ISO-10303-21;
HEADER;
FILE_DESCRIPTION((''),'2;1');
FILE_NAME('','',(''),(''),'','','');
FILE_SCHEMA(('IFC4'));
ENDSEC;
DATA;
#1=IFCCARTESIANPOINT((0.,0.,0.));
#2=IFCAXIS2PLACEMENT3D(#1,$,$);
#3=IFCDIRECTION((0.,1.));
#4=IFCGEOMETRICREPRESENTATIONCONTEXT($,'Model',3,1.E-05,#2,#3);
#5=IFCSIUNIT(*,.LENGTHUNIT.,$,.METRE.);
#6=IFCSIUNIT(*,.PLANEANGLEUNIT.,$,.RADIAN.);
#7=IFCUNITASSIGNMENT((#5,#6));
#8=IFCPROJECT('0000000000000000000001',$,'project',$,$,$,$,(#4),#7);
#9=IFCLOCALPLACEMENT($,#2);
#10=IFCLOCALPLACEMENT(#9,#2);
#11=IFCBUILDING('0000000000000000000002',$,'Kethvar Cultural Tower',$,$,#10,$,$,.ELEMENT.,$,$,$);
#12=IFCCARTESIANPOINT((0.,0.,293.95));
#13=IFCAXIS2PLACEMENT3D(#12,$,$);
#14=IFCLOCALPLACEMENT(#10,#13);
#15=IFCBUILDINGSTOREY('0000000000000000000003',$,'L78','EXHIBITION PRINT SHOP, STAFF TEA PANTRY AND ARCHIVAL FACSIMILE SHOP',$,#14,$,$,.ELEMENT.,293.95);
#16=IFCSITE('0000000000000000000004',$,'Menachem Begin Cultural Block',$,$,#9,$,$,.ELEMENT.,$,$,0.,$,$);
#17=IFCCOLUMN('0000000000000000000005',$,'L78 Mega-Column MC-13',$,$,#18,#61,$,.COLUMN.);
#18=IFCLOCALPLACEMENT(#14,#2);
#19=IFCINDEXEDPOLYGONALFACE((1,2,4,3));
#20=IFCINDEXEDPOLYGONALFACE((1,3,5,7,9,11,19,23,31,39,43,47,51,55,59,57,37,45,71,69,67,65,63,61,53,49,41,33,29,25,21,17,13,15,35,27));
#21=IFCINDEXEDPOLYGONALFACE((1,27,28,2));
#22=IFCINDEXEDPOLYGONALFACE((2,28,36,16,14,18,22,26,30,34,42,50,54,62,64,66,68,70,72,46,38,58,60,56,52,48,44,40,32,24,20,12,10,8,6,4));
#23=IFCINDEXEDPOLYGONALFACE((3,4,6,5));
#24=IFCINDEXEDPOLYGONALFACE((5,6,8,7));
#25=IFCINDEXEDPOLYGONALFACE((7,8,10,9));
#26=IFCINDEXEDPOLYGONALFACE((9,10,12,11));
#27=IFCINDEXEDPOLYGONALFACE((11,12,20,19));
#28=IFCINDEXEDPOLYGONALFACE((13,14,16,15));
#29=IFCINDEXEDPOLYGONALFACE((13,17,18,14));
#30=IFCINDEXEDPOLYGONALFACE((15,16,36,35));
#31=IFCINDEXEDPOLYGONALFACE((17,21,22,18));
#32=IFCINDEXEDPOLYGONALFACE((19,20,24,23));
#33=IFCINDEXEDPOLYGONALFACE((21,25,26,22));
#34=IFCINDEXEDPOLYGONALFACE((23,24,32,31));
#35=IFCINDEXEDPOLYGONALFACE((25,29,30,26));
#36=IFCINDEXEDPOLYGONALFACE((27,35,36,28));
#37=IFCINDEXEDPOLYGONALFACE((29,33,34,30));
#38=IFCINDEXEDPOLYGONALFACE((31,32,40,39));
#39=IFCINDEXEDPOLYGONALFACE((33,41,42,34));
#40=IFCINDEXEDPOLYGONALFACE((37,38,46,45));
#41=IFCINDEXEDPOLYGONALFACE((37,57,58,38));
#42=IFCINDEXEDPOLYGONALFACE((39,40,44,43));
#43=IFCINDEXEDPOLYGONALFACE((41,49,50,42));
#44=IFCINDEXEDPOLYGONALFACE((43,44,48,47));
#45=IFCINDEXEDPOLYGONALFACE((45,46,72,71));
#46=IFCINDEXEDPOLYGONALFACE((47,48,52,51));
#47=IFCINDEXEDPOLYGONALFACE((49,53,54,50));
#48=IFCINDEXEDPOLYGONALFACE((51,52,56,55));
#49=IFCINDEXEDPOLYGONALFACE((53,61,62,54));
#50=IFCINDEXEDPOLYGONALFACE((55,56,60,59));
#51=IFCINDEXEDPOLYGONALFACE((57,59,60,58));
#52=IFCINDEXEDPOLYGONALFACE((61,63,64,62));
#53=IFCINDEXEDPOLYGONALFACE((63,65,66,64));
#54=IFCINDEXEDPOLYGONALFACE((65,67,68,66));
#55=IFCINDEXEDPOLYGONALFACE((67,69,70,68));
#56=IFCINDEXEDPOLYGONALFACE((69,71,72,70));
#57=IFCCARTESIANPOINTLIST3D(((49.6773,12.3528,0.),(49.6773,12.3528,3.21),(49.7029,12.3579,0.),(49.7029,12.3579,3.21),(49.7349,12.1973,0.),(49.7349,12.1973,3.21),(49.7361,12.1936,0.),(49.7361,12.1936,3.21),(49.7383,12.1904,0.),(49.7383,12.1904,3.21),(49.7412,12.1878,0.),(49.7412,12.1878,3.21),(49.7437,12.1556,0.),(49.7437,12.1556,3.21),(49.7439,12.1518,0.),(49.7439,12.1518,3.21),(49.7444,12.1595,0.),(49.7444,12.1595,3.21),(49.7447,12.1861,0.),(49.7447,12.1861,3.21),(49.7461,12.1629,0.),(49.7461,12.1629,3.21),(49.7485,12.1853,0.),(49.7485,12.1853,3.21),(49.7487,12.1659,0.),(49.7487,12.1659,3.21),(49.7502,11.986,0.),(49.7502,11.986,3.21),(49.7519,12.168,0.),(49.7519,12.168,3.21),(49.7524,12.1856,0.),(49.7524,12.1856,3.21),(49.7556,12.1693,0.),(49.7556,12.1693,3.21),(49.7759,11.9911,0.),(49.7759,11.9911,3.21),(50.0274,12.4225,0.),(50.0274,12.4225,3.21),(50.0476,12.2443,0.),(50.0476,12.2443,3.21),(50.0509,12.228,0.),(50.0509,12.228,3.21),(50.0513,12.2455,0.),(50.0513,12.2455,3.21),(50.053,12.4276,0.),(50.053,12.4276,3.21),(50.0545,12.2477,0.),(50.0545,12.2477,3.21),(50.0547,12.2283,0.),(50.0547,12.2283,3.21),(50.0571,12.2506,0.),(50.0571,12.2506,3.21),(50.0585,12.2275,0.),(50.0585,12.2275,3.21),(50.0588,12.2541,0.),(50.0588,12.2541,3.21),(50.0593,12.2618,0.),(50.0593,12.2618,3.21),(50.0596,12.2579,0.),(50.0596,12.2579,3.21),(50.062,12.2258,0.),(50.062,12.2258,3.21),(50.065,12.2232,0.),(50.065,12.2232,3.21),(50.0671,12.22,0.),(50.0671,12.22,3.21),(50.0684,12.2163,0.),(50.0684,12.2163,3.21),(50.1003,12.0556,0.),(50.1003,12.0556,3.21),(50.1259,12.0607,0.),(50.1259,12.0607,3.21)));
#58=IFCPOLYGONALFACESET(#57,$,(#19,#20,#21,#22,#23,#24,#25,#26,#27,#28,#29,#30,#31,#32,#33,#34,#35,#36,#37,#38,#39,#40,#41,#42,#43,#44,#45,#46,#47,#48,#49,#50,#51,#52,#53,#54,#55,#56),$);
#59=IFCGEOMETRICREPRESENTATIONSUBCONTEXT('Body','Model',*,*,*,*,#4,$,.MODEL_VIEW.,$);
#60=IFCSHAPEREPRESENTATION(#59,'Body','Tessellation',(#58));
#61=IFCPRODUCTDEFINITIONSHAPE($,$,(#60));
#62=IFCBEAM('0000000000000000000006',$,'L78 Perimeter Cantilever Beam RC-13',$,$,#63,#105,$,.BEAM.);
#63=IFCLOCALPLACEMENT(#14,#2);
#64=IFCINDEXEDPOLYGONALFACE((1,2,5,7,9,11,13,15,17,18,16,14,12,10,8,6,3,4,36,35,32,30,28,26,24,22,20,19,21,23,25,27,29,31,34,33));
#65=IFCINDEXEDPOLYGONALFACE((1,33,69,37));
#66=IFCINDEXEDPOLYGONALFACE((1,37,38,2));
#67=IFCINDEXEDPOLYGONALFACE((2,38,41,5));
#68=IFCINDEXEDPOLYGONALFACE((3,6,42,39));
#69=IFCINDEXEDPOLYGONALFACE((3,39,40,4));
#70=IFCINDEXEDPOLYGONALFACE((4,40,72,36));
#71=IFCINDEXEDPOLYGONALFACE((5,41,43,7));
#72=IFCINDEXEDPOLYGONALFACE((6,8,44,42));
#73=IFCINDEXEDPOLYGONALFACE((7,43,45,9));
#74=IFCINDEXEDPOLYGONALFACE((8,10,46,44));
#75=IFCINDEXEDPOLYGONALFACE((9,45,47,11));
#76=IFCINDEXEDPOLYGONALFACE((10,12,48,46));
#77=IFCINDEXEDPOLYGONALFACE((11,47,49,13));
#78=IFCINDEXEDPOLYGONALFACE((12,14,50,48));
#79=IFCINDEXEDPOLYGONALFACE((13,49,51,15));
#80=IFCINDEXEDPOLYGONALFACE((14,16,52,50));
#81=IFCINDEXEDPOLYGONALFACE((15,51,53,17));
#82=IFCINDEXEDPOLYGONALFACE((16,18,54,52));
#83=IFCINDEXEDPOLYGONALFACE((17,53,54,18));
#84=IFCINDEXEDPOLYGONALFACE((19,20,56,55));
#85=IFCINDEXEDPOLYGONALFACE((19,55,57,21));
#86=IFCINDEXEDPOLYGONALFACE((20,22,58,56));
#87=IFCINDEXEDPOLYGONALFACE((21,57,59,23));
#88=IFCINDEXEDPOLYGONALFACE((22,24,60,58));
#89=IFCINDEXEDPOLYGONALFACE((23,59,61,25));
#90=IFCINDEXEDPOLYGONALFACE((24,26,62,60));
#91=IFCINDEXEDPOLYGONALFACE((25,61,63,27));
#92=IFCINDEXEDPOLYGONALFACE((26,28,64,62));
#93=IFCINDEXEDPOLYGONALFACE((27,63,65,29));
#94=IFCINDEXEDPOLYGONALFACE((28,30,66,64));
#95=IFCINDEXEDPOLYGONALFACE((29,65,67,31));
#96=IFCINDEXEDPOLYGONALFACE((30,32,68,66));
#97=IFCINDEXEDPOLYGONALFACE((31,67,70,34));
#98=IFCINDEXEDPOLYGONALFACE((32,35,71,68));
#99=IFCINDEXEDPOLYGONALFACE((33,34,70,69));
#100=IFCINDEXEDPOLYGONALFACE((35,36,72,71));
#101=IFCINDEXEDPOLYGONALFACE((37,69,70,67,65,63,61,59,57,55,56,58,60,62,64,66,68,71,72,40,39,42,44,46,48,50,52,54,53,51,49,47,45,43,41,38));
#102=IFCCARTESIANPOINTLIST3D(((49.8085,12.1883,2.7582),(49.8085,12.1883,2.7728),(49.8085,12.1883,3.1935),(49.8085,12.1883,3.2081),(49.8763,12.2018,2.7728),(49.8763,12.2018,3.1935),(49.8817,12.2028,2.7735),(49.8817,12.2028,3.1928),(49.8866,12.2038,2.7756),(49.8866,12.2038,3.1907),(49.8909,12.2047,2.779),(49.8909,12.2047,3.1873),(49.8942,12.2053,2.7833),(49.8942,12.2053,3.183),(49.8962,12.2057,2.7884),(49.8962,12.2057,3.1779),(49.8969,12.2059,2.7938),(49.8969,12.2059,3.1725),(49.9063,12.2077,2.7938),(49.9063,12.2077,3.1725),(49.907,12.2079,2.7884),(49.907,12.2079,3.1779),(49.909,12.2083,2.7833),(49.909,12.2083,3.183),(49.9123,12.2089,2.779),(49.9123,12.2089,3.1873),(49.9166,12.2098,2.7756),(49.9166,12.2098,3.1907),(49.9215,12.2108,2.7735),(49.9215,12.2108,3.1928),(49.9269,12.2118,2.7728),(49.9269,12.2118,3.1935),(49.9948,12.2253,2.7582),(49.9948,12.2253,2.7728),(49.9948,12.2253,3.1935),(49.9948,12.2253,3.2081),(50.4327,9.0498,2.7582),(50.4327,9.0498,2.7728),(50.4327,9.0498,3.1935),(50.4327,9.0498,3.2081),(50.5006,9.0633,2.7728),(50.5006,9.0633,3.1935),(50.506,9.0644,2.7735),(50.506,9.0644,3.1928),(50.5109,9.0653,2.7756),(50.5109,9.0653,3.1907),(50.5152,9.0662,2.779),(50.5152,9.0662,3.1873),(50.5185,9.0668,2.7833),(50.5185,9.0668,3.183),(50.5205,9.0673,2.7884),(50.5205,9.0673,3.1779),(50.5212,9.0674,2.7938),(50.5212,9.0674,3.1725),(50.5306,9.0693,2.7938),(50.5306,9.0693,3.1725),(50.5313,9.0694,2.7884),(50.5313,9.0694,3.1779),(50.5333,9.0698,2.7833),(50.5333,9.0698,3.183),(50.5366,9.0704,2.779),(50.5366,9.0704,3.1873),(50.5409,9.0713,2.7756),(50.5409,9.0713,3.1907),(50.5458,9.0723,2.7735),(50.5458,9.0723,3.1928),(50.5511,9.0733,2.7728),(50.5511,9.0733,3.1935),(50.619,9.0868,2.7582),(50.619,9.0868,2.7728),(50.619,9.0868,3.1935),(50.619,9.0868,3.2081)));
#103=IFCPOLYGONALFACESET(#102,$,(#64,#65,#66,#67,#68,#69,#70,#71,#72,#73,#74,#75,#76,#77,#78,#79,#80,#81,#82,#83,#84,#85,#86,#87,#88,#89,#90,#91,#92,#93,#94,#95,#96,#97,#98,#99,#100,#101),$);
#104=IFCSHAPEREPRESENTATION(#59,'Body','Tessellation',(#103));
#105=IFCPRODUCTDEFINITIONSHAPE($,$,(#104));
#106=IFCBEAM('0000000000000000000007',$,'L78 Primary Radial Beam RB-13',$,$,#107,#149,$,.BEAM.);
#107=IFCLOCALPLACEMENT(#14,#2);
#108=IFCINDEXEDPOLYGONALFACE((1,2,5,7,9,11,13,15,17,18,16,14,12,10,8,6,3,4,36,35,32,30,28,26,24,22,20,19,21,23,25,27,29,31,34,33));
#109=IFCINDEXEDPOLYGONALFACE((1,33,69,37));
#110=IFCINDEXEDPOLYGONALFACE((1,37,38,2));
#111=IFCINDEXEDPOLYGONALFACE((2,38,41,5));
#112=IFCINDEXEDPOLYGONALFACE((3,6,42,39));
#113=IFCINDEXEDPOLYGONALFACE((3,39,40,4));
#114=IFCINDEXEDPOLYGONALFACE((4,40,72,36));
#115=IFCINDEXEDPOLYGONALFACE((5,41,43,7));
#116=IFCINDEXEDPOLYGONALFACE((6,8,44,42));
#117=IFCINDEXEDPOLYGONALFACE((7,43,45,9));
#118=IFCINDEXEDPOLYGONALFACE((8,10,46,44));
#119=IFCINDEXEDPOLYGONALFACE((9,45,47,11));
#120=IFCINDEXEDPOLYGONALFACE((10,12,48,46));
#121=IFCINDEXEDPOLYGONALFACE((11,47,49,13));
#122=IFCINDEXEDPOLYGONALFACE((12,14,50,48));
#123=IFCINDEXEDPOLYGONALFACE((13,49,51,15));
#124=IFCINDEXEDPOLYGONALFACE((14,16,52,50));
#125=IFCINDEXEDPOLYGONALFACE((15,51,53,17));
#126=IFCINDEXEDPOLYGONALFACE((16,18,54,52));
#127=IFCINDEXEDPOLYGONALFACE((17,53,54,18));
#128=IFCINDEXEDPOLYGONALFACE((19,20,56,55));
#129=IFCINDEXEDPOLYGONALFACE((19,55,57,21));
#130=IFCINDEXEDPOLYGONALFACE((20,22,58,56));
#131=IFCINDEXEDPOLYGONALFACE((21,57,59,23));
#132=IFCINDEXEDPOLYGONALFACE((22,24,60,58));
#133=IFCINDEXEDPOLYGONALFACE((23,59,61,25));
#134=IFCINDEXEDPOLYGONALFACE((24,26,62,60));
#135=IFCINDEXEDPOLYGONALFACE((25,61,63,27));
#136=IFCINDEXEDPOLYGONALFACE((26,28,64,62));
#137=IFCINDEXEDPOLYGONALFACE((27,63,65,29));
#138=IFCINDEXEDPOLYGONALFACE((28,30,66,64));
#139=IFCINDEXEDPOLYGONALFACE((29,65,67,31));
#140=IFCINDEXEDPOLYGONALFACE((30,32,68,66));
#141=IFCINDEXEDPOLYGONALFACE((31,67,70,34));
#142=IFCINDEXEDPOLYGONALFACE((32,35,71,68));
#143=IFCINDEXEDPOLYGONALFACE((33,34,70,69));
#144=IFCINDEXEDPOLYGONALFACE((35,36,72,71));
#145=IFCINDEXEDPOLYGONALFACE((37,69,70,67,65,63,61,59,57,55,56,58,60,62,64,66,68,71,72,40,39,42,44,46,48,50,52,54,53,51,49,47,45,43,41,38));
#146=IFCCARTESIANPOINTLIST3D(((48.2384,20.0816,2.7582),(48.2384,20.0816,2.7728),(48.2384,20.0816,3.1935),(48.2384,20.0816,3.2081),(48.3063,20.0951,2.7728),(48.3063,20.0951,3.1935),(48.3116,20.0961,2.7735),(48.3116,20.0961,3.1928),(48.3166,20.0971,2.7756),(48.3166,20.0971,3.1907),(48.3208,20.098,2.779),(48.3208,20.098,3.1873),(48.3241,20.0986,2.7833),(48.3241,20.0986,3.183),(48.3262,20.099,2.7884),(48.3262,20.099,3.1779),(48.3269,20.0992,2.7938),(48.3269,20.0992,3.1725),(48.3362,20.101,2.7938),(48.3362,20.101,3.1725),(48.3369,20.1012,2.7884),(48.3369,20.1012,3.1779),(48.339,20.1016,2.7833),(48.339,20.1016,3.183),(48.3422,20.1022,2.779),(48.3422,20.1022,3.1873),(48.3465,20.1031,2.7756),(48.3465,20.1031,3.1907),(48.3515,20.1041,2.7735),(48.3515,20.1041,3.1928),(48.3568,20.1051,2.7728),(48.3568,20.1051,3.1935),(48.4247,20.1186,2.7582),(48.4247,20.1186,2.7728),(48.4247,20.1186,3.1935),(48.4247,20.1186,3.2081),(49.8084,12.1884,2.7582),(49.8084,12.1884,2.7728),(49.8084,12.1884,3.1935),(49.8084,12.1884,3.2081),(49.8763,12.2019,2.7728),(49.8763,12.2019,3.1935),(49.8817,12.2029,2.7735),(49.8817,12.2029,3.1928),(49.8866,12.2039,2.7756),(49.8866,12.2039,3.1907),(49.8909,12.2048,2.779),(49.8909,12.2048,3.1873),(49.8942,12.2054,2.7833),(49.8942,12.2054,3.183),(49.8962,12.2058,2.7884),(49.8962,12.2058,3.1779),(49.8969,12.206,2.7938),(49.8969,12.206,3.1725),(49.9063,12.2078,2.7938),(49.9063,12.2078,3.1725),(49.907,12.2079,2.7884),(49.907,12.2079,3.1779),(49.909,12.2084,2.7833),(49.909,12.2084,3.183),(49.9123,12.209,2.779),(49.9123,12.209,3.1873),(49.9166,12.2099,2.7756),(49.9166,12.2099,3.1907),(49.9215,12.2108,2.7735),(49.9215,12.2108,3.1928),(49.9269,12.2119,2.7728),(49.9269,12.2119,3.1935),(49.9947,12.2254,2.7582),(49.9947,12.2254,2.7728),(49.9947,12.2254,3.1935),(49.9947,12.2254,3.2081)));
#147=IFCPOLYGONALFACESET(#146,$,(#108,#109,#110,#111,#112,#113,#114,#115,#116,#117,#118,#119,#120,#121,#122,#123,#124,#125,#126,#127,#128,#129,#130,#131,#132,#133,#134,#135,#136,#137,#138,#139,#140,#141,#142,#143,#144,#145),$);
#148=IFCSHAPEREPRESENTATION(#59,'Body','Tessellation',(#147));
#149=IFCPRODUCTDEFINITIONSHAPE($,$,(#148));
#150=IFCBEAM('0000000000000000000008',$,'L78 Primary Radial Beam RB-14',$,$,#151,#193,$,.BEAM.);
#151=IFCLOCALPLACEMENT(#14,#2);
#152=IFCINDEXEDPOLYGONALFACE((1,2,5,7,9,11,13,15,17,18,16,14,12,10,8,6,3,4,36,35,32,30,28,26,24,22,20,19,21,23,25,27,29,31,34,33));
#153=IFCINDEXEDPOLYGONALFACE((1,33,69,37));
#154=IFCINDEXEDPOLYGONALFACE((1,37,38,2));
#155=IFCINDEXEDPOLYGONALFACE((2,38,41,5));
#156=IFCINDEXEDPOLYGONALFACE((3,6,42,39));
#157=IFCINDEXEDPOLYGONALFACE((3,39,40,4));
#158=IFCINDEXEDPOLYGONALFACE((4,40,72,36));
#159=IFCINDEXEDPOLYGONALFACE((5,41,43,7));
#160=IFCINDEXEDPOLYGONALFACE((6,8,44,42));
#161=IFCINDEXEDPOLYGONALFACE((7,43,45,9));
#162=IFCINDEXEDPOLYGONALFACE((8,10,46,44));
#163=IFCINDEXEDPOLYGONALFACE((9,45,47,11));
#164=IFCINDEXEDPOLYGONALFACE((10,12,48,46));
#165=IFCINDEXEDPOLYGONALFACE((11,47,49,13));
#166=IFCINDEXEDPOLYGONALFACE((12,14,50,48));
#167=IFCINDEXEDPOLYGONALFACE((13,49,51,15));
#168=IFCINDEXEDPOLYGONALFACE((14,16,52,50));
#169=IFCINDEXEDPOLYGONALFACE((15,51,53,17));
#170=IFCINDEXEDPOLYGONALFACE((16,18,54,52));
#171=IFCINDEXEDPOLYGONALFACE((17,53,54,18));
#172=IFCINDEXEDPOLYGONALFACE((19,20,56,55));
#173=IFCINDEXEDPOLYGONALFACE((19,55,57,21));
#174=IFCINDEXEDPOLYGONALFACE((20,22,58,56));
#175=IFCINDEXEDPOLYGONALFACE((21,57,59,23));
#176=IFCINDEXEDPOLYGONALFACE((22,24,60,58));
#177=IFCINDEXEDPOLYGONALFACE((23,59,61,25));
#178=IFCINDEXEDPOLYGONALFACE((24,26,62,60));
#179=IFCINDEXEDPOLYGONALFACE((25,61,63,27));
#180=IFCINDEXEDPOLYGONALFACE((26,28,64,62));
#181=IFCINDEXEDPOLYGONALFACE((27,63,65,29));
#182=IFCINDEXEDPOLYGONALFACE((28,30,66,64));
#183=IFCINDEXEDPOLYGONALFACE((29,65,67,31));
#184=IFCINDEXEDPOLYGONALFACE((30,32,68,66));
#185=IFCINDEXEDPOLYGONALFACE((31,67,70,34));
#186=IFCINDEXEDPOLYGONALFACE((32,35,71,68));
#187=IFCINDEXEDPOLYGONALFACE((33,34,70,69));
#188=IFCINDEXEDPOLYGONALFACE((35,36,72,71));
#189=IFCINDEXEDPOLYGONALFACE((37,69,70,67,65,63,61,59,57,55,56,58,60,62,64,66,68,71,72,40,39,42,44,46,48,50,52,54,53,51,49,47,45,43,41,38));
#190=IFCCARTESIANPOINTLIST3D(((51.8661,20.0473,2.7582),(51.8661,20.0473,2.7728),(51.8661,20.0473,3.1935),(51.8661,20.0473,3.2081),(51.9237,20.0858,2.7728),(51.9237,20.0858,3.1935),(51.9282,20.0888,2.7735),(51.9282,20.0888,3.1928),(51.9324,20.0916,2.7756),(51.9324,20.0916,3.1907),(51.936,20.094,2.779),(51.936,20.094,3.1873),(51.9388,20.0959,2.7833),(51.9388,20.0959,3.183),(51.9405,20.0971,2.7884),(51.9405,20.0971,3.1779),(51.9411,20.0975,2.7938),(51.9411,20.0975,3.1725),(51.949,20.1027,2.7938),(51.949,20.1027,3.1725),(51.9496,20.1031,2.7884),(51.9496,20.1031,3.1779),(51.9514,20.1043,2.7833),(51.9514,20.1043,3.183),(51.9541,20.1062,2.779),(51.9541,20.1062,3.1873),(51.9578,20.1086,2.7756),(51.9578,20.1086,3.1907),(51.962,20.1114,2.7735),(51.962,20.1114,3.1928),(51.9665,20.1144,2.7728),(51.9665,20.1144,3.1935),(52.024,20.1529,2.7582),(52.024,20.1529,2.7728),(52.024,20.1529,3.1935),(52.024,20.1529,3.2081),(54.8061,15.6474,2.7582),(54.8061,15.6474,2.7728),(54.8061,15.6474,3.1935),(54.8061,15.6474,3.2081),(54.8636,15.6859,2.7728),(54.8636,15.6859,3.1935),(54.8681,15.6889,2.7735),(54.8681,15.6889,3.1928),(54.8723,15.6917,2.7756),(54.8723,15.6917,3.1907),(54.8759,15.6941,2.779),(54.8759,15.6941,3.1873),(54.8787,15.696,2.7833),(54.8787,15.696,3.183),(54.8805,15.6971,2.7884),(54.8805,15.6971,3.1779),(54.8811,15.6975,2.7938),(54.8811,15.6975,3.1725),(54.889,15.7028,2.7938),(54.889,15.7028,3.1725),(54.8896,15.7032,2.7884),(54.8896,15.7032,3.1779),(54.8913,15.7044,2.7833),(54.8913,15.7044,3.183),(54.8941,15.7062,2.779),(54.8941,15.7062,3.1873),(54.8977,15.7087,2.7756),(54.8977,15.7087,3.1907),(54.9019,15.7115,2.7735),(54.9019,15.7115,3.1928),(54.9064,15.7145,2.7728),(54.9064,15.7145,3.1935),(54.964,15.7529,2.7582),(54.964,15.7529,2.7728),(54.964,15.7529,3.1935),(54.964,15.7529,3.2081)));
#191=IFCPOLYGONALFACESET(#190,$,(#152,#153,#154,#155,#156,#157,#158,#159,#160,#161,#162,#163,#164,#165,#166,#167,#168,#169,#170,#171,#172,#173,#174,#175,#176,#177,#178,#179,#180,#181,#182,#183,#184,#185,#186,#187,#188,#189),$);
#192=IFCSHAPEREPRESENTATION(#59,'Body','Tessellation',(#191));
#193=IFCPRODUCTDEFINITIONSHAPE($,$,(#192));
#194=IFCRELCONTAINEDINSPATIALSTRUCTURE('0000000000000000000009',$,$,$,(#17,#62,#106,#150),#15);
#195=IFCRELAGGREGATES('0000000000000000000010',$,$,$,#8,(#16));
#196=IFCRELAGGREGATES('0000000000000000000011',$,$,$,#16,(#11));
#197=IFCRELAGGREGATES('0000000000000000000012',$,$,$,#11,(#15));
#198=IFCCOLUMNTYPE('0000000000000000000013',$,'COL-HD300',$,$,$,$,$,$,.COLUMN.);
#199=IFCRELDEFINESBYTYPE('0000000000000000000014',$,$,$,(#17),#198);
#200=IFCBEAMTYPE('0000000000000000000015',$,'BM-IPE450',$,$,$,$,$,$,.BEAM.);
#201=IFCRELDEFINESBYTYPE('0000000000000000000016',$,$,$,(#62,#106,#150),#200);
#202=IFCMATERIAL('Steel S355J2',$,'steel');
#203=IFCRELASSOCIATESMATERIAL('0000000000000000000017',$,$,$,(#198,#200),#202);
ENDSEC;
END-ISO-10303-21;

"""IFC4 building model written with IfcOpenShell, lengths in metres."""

from ifc_helpers import new_model, si_unit, direction, frame, origin, origin_2d, place, context, subcontext, project, spatial, i_section, extrude, source, transform, mapped, material, material_profile, profile_set, type_object, element, save


model = new_model("IFC4")

# Units and contexts
model_context = context("Model", 3, precision=1e-05, world=origin(), true_north=direction((0.0, 1.0)))
body_context = subcontext(model_context, "Body", "Model", "MODEL_VIEW")
ifc_project = project(units=[si_unit("LENGTHUNIT", "METRE"), si_unit("PLANEANGLEUNIT", "RADIAN")], contexts=[model_context])

# Site, building, storey
site_placement = place(None, origin())
site = spatial("IfcSite", under=ifc_project, at=site_placement, Name="Menachem Begin Cultural Block", CompositionType="ELEMENT", RefElevation=0.0)
building_placement = place(site_placement, origin())
building = spatial("IfcBuilding", under=site, at=building_placement, Name="Kethvar Cultural Tower", CompositionType="ELEMENT")
storey_placement = place(building_placement, frame((0.0, 0.0, 293.95)))
storey = spatial("IfcBuildingStorey", under=building, at=storey_placement, Name="L78", Description="EXHIBITION PRINT SHOP, STAFF TEA PANTRY AND ARCHIVAL FACSIMILE SHOP", CompositionType="ELEMENT", Elevation=293.95)

# Column
ifc_material_1 = material(Name="Steel S355J2", Category="steel")
ifc_material_profile_1 = material_profile(ifc_material_1, i_section(OverallWidth=0.374, OverallDepth=0.3831, WebThickness=0.0166, FlangeThickness=0.0261, FilletRadius=0.0149, at=origin_2d()), Name="Steel S355J2 — HD360x300")
ifc_profile_set_1 = profile_set([ifc_material_profile_1], Name="Steel S355J2 — HD360x300")
column_type = type_object("IfcColumnType", Name="COL-HD300", PredefinedType="COLUMN", material=ifc_profile_set_1)
shared_shape_1 = source(origin(), body_context, "Body", "SweptSolid", [
    extrude(i_section(OverallWidth=0.374, OverallDepth=0.3831, WebThickness=0.0166, FlangeThickness=0.0261, FilletRadius=0.0149, at=origin_2d()), origin(), (0.0, 0.0, 1.0), 3.21),
])
column_placement = place(storey_placement, frame((49.9016, 12.2068, 0.0), z_axis=(0.0, 0.0, 1.0), x_axis=(0.19509, -0.980785, 0.0)))
element("IfcColumn", 1, at=column_placement, inside=storey, type_object=column_type, Name="L78 Mega-Column MC-13", PredefinedType="COLUMN", context=body_context, shape_type="MappedRepresentation", body=[
    mapped(shared_shape_1, transform((0.0, 0.0, 0.0), scale=1.0)),
])

# Beams
ifc_material_profile_2 = material_profile(ifc_material_1, i_section(OverallWidth=0.1899, OverallDepth=0.45, WebThickness=0.0095, FlangeThickness=0.0146, FilletRadius=0.021, at=origin_2d()), Name="Steel S355J2 — IPE450")
ifc_profile_set_2 = profile_set([ifc_material_profile_2], Name="Steel S355J2 — IPE450")
beam_type_1 = type_object("IfcBeamType", Name="BM-IPE450", PredefinedType="BEAM", material=ifc_profile_set_2)
shared_shape_2 = source(origin(), body_context, "Body", "SweptSolid", [
    extrude(i_section(OverallWidth=0.1899, OverallDepth=0.45, WebThickness=0.0095, FlangeThickness=0.0146, FilletRadius=0.021, at=origin_2d()), origin(), (0.0, 0.0, 1.0), 3.2),
])
beam_1_placement = place(storey_placement, frame((49.9016, 12.2068, 2.9832), z_axis=(0.195089, -0.980786, 0.0), x_axis=(0.980786, 0.195089, 0.0)))
element("IfcBeam", 2, at=beam_1_placement, inside=storey, type_object=beam_type_1, Name="L78 Perimeter Cantilever Beam RC-13", PredefinedType="BEAM", context=body_context, shape_type="MappedRepresentation", body=[
    mapped(shared_shape_2, transform((0.0, 0.0, 0.0), scale=1.0)),
])
shared_shape_3 = source(origin(), body_context, "Body", "SweptSolid", [
    extrude(i_section(OverallWidth=0.1899, OverallDepth=0.45, WebThickness=0.0095, FlangeThickness=0.0146, FilletRadius=0.021, at=origin_2d()), origin(), (0.0, 0.0, 1.0), 8.0479),
])
beam_2_placement = place(storey_placement, frame((48.3315, 20.1001, 2.9832), z_axis=(0.195089, -0.980785, 0.0), x_axis=(0.980785, 0.195089, 0.0)))
element("IfcBeam", 3, at=beam_2_placement, inside=storey, type_object=beam_type_1, Name="L78 Primary Radial Beam RB-13", PredefinedType="BEAM", context=body_context, shape_type="MappedRepresentation", body=[
    mapped(shared_shape_3, transform((0.0, 0.0, 0.0), scale=1.0)),
])
shared_shape_4 = source(origin(), body_context, "Body", "SweptSolid", [
    extrude(i_section(OverallWidth=0.1899, OverallDepth=0.45, WebThickness=0.0095, FlangeThickness=0.0146, FilletRadius=0.021, at=origin_2d()), origin(), (0.0, 0.0, 1.0), 5.2917),
])
beam_3_placement = place(storey_placement, frame((51.9451, 20.1001, 2.9832), z_axis=(0.555573, -0.831468, 0.0), x_axis=(0.831468, 0.555573, 0.0)))
element("IfcBeam", 4, at=beam_3_placement, inside=storey, type_object=beam_type_1, Name="L78 Primary Radial Beam RB-14", PredefinedType="BEAM", context=body_context, shape_type="MappedRepresentation", body=[
    mapped(shared_shape_4, transform((0.0, 0.0, 0.0), scale=1.0)),
])

save(model, "model.ifc")
